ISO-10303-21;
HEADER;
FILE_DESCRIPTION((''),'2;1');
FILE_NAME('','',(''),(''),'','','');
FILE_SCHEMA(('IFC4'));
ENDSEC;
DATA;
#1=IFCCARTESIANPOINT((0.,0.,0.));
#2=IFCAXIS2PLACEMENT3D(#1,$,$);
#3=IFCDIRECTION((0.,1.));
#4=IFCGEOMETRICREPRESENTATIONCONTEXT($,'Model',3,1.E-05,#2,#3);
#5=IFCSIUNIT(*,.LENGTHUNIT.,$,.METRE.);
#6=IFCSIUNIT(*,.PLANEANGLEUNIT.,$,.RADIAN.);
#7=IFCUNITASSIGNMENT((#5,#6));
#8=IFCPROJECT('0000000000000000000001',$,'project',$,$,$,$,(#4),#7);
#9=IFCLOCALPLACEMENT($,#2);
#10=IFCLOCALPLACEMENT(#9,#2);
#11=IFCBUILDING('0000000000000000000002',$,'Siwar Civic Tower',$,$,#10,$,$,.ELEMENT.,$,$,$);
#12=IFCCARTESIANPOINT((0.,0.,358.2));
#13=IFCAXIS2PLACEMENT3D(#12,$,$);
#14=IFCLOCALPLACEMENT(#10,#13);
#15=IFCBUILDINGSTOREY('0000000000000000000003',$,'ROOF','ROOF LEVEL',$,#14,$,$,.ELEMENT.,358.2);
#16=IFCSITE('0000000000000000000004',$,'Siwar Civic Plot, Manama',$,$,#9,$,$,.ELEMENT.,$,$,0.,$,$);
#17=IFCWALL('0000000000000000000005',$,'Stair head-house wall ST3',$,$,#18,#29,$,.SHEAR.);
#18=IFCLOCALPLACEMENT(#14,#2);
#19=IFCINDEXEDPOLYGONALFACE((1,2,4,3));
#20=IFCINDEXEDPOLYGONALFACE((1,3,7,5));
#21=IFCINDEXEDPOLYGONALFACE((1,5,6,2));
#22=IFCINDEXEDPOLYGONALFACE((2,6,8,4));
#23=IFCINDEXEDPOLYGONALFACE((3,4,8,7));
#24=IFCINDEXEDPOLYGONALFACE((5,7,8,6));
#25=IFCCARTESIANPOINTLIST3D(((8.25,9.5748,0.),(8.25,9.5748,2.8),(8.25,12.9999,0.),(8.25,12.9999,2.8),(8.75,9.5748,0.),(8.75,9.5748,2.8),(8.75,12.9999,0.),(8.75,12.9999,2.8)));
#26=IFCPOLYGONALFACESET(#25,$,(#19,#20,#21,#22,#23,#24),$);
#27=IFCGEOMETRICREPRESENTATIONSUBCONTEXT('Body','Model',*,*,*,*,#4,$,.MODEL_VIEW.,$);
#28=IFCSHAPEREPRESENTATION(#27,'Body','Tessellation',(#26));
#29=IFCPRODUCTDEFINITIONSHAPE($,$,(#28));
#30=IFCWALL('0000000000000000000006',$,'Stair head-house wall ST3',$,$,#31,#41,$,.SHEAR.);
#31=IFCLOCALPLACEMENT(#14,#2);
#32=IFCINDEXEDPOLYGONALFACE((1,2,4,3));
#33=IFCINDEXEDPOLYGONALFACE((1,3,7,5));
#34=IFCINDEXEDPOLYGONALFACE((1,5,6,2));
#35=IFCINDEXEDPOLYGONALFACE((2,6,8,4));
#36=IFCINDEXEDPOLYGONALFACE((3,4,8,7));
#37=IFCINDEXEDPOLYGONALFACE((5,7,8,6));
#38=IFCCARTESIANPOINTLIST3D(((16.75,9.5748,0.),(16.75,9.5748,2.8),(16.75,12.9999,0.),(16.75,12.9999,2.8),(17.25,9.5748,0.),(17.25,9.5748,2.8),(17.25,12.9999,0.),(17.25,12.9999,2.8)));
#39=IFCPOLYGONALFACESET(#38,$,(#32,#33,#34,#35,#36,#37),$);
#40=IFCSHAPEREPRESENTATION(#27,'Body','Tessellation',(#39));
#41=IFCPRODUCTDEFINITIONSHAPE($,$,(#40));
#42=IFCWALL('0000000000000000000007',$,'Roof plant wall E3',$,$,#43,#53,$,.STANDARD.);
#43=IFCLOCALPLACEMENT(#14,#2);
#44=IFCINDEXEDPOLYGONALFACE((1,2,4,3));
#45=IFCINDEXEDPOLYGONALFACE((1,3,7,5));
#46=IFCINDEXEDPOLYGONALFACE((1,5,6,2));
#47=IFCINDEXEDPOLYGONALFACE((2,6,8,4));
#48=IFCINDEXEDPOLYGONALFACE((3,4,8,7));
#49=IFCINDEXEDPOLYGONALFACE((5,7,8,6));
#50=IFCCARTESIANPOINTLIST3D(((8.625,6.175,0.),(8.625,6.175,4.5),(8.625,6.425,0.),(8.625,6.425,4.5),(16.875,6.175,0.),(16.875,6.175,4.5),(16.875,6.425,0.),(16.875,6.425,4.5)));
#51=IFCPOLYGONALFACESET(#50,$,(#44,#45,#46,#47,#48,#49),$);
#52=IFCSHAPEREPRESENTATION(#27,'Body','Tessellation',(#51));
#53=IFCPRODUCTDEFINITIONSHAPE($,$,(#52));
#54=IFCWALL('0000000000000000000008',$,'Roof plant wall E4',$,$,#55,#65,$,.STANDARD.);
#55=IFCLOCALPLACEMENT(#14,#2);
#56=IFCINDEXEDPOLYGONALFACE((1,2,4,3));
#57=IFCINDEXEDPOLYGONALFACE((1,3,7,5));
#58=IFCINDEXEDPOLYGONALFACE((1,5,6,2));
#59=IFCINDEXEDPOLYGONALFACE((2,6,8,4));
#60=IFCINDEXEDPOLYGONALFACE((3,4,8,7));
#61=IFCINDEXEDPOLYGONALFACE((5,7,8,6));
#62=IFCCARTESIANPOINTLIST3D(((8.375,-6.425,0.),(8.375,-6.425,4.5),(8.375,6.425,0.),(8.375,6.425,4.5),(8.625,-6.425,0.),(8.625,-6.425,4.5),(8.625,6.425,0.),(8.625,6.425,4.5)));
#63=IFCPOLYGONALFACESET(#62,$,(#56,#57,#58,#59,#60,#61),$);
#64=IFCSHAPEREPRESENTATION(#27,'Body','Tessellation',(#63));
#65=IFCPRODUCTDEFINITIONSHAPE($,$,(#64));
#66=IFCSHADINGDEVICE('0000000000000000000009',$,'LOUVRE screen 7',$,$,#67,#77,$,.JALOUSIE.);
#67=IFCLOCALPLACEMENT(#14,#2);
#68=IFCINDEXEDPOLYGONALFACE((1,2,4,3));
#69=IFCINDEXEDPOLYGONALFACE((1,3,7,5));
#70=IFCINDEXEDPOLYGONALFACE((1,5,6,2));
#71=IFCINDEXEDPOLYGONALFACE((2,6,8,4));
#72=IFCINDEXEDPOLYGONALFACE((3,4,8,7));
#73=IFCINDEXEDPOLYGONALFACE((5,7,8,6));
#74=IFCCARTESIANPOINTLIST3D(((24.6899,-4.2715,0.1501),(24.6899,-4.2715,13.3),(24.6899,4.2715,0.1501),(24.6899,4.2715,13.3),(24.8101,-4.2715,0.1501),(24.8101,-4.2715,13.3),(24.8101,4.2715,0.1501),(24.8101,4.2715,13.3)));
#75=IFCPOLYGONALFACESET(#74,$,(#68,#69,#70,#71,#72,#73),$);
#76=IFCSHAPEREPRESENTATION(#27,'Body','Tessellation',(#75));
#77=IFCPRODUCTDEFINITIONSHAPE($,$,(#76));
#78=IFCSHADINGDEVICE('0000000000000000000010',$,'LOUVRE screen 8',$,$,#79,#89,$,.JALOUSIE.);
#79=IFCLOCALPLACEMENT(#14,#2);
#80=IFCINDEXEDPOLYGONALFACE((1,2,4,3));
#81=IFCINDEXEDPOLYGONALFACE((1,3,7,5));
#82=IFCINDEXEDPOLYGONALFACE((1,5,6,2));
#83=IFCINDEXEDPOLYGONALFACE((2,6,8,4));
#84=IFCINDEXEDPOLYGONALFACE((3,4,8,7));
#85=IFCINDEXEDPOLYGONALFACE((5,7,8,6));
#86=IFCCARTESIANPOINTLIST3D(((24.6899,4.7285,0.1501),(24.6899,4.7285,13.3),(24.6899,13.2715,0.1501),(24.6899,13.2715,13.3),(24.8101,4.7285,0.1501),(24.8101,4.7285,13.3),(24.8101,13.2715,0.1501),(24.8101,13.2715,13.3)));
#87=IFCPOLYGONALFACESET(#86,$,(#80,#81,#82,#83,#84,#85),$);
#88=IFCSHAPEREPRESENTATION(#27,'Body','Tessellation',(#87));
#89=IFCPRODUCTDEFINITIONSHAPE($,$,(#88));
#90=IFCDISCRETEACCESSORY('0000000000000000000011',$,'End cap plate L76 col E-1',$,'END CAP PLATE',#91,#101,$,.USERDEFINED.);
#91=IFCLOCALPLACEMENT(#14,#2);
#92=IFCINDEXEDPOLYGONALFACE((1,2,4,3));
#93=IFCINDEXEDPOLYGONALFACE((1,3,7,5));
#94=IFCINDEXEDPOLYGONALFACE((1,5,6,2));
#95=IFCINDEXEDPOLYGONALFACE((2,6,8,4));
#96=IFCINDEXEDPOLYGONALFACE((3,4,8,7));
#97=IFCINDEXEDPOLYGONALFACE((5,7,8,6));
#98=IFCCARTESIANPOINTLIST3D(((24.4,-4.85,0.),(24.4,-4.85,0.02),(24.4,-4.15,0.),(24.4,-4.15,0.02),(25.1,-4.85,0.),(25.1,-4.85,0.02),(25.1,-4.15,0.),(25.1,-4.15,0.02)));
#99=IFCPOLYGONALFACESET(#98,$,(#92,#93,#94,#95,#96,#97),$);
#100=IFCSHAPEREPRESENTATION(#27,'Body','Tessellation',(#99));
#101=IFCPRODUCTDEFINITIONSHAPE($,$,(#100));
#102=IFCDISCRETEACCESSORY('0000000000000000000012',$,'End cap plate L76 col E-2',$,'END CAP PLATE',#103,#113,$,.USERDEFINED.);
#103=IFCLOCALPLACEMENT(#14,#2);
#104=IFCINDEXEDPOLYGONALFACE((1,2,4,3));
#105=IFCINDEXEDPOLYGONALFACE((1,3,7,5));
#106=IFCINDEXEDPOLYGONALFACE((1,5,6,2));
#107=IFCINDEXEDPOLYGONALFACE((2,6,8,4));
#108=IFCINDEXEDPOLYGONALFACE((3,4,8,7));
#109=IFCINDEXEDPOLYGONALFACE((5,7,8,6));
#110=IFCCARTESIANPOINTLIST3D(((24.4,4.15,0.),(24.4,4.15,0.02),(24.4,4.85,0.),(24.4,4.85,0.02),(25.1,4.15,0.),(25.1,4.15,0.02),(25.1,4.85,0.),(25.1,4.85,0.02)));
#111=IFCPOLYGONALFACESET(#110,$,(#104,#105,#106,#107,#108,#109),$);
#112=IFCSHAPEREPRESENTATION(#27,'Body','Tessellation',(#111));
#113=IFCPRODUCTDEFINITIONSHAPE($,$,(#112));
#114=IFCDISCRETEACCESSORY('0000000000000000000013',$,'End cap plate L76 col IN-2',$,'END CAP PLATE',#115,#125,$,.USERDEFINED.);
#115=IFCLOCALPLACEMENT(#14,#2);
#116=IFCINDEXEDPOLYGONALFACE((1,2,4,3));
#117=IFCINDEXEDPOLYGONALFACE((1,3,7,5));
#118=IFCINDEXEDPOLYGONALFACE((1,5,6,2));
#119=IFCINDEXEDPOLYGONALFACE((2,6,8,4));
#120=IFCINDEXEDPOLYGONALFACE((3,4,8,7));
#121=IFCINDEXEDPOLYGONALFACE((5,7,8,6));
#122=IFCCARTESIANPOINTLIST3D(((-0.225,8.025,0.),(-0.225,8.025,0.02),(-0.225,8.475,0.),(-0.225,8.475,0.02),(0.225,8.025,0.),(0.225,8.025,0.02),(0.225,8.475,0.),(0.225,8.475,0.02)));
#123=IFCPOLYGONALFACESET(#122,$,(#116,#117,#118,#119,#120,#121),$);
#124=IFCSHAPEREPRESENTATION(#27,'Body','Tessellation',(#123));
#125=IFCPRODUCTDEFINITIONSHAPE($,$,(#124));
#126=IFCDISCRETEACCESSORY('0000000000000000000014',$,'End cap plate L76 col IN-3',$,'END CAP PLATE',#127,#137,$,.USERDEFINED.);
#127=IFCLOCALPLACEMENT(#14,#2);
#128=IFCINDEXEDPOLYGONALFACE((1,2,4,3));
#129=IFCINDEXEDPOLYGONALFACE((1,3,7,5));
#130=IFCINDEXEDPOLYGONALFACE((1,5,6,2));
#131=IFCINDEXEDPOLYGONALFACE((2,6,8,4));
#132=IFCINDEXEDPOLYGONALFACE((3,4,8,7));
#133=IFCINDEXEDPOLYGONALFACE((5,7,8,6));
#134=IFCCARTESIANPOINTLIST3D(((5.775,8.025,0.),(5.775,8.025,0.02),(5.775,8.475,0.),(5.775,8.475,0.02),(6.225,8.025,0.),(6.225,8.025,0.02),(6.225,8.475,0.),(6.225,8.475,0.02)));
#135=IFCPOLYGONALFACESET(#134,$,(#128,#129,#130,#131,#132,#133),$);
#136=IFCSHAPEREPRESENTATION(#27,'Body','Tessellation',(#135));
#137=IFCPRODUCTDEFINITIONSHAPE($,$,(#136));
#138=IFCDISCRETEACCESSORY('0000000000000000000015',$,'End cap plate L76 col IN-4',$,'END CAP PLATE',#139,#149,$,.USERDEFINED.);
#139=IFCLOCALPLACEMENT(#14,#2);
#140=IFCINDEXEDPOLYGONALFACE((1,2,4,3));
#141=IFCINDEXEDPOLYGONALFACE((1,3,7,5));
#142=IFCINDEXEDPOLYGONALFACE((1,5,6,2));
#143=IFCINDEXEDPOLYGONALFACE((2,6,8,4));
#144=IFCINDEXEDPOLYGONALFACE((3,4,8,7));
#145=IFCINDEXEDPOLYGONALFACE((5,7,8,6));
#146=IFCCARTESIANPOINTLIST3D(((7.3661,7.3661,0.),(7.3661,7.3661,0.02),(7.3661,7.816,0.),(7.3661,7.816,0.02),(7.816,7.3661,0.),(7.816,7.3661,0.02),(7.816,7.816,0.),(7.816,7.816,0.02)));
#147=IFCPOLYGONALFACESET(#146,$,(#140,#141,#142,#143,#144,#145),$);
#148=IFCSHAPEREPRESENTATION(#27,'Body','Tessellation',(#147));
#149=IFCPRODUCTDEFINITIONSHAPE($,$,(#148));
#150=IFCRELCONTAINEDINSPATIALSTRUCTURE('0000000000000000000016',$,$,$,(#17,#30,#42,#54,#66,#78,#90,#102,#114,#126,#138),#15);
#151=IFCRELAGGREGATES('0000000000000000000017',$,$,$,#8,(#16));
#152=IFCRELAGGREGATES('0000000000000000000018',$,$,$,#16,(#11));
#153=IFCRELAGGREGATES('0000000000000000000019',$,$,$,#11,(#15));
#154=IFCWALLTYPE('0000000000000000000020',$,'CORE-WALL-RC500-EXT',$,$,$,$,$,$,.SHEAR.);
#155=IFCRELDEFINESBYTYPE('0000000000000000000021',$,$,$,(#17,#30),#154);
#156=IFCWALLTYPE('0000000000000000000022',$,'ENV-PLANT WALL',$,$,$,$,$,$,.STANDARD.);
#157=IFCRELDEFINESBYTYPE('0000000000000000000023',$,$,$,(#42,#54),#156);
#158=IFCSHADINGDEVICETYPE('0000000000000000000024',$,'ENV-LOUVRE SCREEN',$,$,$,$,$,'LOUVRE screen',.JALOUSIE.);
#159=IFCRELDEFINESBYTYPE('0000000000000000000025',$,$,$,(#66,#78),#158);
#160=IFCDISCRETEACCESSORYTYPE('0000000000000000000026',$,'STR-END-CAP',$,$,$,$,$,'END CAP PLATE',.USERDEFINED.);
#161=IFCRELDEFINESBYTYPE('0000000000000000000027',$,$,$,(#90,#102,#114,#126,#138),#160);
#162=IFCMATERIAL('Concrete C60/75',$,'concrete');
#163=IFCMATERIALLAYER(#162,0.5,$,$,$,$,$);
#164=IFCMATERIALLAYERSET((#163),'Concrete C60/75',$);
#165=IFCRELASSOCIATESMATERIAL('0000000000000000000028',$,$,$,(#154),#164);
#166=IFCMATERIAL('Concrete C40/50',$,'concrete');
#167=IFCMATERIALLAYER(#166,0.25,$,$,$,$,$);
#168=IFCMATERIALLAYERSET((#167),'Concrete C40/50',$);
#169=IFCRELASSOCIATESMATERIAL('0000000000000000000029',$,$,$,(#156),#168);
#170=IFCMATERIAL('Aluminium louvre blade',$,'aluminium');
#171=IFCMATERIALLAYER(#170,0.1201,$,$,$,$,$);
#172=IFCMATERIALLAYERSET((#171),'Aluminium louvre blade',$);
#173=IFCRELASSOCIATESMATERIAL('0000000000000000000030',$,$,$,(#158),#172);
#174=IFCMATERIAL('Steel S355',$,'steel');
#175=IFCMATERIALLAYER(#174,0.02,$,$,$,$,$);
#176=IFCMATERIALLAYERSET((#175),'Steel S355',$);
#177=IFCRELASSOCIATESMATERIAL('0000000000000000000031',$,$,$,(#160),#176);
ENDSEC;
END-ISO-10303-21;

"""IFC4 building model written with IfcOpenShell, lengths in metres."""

from ifc_helpers import new_model, si_unit, direction, frame, frame_2d, origin, origin_2d, place, context, subcontext, project, spatial, rectangle, extrude, material, layer, layer_set, type_object, element, save


model = new_model("IFC4")

# Units and contexts
model_context = context("Model", 3, precision=1e-05, world=origin(), true_north=direction((0.0, 1.0)))
body_context = subcontext(model_context, "Body", "Model", "MODEL_VIEW")
ifc_project = project(units=[si_unit("LENGTHUNIT", "METRE"), si_unit("PLANEANGLEUNIT", "RADIAN")], contexts=[model_context])

# Site, building, storey
site_placement = place(None, origin())
site = spatial("IfcSite", under=ifc_project, at=site_placement, Name="Siwar Civic Plot, Manama", CompositionType="ELEMENT", RefElevation=0.0)
building_placement = place(site_placement, origin())
building = spatial("IfcBuilding", under=site, at=building_placement, Name="Siwar Civic Tower", CompositionType="ELEMENT")
storey_placement = place(building_placement, frame((0.0, 0.0, 358.2)))
storey = spatial("IfcBuildingStorey", under=building, at=storey_placement, Name="ROOF", Description="ROOF LEVEL", CompositionType="ELEMENT", Elevation=358.2)

# Walls
ifc_material_1 = material(Name="Concrete C60/75", Category="concrete")
ifc_layer_1 = layer(ifc_material_1, 0.5)
ifc_layer_set_1 = layer_set([ifc_layer_1], Name="Concrete C60/75")
wall_type_1 = type_object("IfcWallType", Name="CORE-WALL-RC500-EXT", PredefinedType="SHEAR", material=ifc_layer_set_1)
for number, where, z_axis, x_axis, name in (
    (1, (8.5, 9.575, 0.0), (0.0, 0.0, 1.0), (0.0, 1.0, 0.0), "Stair head-house wall ST3"),
    (2, (17.0, 9.575, 0.0), (0.0, 0.0, 1.0), (0.0, 1.0, 0.0), "Stair head-house wall ST3"),
):
    element("IfcWall", number, at=place(storey_placement, frame(where, z_axis=z_axis, x_axis=x_axis)), inside=storey, type_object=wall_type_1, Name=name, PredefinedType="SHEAR", context=body_context, shape_type="SweptSolid", body=[
        extrude(rectangle(XDim=3.425, YDim=0.5, at=frame_2d((1.7124, 0.0))), origin(), (0.0, 0.0, 1.0), 2.8),
    ])
ifc_material_2 = material(Name="Concrete C40/50", Category="concrete")
ifc_layer_2 = layer(ifc_material_2, 0.25)
ifc_layer_set_2 = layer_set([ifc_layer_2], Name="Concrete C40/50")
wall_type_2 = type_object("IfcWallType", Name="ENV-PLANT WALL", PredefinedType="STANDARD", material=ifc_layer_set_2)
wall_1_placement = place(storey_placement, frame((16.875, 6.3, 0.0), z_axis=(0.0, 0.0, 1.0), x_axis=(-1.0, 0.0, 0.0)))
element("IfcWall", 3, at=wall_1_placement, inside=storey, type_object=wall_type_2, Name="Roof plant wall E3", PredefinedType="STANDARD", context=body_context, shape_type="SweptSolid", body=[
    extrude(rectangle(XDim=8.25, YDim=0.25, at=frame_2d((4.125, 0.0))), origin(), (0.0, 0.0, 1.0), 4.5),
])
wall_2_placement = place(storey_placement, frame((8.5, 6.425, 0.0), z_axis=(0.0, 0.0, 1.0), x_axis=(0.0, -1.0, 0.0)))
element("IfcWall", 4, at=wall_2_placement, inside=storey, type_object=wall_type_2, Name="Roof plant wall E4", PredefinedType="STANDARD", context=body_context, shape_type="SweptSolid", body=[
    extrude(rectangle(XDim=12.8501, YDim=0.25, at=frame_2d((6.425, 0.0))), origin(), (0.0, 0.0, 1.0), 4.5),
])

# Shading devices
ifc_material_3 = material(Name="Aluminium louvre blade", Category="aluminium")
ifc_layer_3 = layer(ifc_material_3, 0.1201)
ifc_layer_set_3 = layer_set([ifc_layer_3], Name="Aluminium louvre blade")
shading_device_type = type_object("IfcShadingDeviceType", Name="ENV-LOUVRE SCREEN", ElementType="LOUVRE screen", PredefinedType="JALOUSIE", material=ifc_layer_set_3)
for number, where, z_axis, x_axis, name in (
    (5, (24.75, 0.0, 0.1501), (0.0, 0.0, 1.0), (0.0, 1.0, 0.0), "LOUVRE screen 7"),
    (6, (24.75, 9.0, 0.1501), (0.0, 0.0, 1.0), (0.0, 1.0, 0.0), "LOUVRE screen 8"),
):
    element("IfcShadingDevice", number, at=place(storey_placement, frame(where, z_axis=z_axis, x_axis=x_axis)), inside=storey, type_object=shading_device_type, Name=name, PredefinedType="JALOUSIE", context=body_context, shape_type="SweptSolid", body=[
        extrude(rectangle(XDim=8.543, YDim=0.1201, at=origin_2d()), origin(), (0.0, 0.0, 1.0), 13.1499),
    ])

# Discrete accessories
ifc_material_4 = material(Name="Steel S355", Category="steel")
ifc_layer_4 = layer(ifc_material_4, 0.02)
ifc_layer_set_4 = layer_set([ifc_layer_4], Name="Steel S355")
discrete_accessory_type = type_object("IfcDiscreteAccessoryType", Name="STR-END-CAP", ElementType="END CAP PLATE", PredefinedType="USERDEFINED", material=ifc_layer_set_4)
for number, where, z_axis, x_axis, name in (
    (7, (24.75, -4.5, 0.0), (0.0, 0.0, 1.0), (1.0, 0.0, 0.0), "End cap plate L76 col E-1"),
    (8, (24.75, 4.5, 0.0), (0.0, 0.0, 1.0), (1.0, 0.0, 0.0), "End cap plate L76 col E-2"),
):
    element("IfcDiscreteAccessory", number, at=place(storey_placement, frame(where, z_axis=z_axis, x_axis=x_axis)), inside=storey, type_object=discrete_accessory_type, Name=name, ObjectType="END CAP PLATE", PredefinedType="USERDEFINED", context=body_context, shape_type="SweptSolid", body=[
        extrude(rectangle(XDim=0.7, YDim=0.7, at=origin_2d()), origin(), (0.0, 0.0, 1.0), 0.02),
    ])
for number, where, z_axis, x_axis, name in (
    (9, (0.0, 8.25, 0.0), (0.0, 0.0, 1.0), (1.0, 0.0, 0.0), "End cap plate L76 col IN-2"),
    (10, (6.0, 8.25, 0.0), (0.0, 0.0, 1.0), (1.0, 0.0, 0.0), "End cap plate L76 col IN-3"),
    (11, (7.5911, 7.5911, 0.0), (0.0, 0.0, 1.0), (1.0, 0.0, 0.0), "End cap plate L76 col IN-4"),
):
    element("IfcDiscreteAccessory", number, at=place(storey_placement, frame(where, z_axis=z_axis, x_axis=x_axis)), inside=storey, type_object=discrete_accessory_type, Name=name, ObjectType="END CAP PLATE", PredefinedType="USERDEFINED", context=body_context, shape_type="SweptSolid", body=[
        extrude(rectangle(XDim=0.45, YDim=0.45, at=origin_2d()), origin(), (0.0, 0.0, 1.0), 0.02),
    ])

save(model, "model.ifc")
